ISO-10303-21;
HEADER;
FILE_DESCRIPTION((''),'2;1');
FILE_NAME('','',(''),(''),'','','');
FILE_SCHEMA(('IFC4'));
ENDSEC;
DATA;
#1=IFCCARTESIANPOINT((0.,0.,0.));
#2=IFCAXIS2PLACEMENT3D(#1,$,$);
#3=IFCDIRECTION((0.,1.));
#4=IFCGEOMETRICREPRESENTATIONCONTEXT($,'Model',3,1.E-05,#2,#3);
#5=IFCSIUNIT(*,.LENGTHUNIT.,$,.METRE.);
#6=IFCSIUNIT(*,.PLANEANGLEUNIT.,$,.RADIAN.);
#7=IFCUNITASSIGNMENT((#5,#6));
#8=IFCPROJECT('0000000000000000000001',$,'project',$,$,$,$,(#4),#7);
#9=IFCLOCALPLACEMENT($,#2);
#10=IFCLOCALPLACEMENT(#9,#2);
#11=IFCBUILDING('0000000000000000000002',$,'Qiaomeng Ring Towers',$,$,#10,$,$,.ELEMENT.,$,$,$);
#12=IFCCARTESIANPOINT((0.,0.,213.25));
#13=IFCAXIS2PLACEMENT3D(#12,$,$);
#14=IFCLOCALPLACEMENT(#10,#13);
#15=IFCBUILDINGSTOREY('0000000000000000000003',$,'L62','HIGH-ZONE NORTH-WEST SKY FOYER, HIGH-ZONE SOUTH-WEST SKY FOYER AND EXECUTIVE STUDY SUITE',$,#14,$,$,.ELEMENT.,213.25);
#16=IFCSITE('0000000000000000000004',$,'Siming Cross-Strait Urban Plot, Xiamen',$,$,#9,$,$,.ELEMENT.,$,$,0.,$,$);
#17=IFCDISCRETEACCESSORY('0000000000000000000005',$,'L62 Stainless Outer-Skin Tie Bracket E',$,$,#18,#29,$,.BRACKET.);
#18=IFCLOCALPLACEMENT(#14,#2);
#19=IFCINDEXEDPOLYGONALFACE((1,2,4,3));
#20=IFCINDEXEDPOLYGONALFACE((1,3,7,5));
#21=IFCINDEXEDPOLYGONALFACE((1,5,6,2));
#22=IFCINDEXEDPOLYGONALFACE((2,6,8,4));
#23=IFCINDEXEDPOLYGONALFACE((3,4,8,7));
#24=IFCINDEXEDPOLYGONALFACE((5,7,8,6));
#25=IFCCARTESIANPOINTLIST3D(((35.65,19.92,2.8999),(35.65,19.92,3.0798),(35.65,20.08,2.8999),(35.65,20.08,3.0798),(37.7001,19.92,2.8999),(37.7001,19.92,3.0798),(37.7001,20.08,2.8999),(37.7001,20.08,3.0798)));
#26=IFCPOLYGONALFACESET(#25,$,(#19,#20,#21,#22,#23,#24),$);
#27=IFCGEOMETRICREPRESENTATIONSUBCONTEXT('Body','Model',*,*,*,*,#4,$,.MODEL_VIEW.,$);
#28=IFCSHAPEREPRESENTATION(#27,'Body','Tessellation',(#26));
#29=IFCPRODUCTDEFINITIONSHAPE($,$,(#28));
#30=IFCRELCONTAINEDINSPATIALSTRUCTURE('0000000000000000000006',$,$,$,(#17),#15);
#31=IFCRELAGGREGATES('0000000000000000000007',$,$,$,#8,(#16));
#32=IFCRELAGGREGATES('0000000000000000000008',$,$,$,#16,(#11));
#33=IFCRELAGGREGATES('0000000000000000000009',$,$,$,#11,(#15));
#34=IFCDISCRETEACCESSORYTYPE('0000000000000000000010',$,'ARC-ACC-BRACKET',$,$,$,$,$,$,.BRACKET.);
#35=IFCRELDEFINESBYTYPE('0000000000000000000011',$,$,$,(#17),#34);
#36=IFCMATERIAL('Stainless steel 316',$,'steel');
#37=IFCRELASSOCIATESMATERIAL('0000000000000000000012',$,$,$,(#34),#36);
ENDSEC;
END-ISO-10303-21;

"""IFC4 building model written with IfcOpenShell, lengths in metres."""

from ifc_helpers import new_model, si_unit, direction, frame, origin, origin_2d, place, context, subcontext, project, spatial, rectangle, extrude, source, transform, mapped, material, type_object, element, save


model = new_model("IFC4")

# Units and contexts
model_context = context("Model", 3, precision=1e-05, world=origin(), true_north=direction((0.0, 1.0)))
body_context = subcontext(model_context, "Body", "Model", "MODEL_VIEW")
ifc_project = project(units=[si_unit("LENGTHUNIT", "METRE"), si_unit("PLANEANGLEUNIT", "RADIAN")], contexts=[model_context])

# Site, building, storey
site_placement = place(None, origin())
site = spatial("IfcSite", under=ifc_project, at=site_placement, Name="Siming Cross-Strait Urban Plot, Xiamen", CompositionType="ELEMENT", RefElevation=0.0)
building_placement = place(site_placement, origin())
building = spatial("IfcBuilding", under=site, at=building_placement, Name="Qiaomeng Ring Towers", CompositionType="ELEMENT")
storey_placement = place(building_placement, frame((0.0, 0.0, 213.25)))
storey = spatial("IfcBuildingStorey", under=building, at=storey_placement, Name="L62", Description="HIGH-ZONE NORTH-WEST SKY FOYER, HIGH-ZONE SOUTH-WEST SKY FOYER AND EXECUTIVE STUDY SUITE", CompositionType="ELEMENT", Elevation=213.25)

# Shared definitions
ifc_material_1 = material(Name="Stainless steel 316", Category="steel")

# Discrete accessory
discrete_accessory_type = type_object("IfcDiscreteAccessoryType", Name="ARC-ACC-BRACKET", PredefinedType="BRACKET", material=ifc_material_1)
shared_shape_1 = source(origin(), body_context, "Body", "SweptSolid", [
    extrude(rectangle(XDim=2.05, YDim=0.1599, at=origin_2d()), origin(), (0.0, 0.0, 1.0), 0.1799),
])
discrete_accessory_placement = place(storey_placement, frame((36.675, 20.0, 2.8999), z_axis=(0.0, 0.0, 1.0), x_axis=(1.0, 0.0, 0.0)))
element("IfcDiscreteAccessory", 1, at=discrete_accessory_placement, inside=storey, type_object=discrete_accessory_type, Name="L62 Stainless Outer-Skin Tie Bracket E", PredefinedType="BRACKET", context=body_context, shape_type="MappedRepresentation", body=[
    mapped(shared_shape_1, transform((0.0, 0.0, 0.0), x_axis=(1.0, 0.0, 0.0), y_axis=(0.0, 1.0, 0.0), z_axis=(0.0, 0.0, 1.0), scale=1.0)),
])

save(model, "model.ifc")
